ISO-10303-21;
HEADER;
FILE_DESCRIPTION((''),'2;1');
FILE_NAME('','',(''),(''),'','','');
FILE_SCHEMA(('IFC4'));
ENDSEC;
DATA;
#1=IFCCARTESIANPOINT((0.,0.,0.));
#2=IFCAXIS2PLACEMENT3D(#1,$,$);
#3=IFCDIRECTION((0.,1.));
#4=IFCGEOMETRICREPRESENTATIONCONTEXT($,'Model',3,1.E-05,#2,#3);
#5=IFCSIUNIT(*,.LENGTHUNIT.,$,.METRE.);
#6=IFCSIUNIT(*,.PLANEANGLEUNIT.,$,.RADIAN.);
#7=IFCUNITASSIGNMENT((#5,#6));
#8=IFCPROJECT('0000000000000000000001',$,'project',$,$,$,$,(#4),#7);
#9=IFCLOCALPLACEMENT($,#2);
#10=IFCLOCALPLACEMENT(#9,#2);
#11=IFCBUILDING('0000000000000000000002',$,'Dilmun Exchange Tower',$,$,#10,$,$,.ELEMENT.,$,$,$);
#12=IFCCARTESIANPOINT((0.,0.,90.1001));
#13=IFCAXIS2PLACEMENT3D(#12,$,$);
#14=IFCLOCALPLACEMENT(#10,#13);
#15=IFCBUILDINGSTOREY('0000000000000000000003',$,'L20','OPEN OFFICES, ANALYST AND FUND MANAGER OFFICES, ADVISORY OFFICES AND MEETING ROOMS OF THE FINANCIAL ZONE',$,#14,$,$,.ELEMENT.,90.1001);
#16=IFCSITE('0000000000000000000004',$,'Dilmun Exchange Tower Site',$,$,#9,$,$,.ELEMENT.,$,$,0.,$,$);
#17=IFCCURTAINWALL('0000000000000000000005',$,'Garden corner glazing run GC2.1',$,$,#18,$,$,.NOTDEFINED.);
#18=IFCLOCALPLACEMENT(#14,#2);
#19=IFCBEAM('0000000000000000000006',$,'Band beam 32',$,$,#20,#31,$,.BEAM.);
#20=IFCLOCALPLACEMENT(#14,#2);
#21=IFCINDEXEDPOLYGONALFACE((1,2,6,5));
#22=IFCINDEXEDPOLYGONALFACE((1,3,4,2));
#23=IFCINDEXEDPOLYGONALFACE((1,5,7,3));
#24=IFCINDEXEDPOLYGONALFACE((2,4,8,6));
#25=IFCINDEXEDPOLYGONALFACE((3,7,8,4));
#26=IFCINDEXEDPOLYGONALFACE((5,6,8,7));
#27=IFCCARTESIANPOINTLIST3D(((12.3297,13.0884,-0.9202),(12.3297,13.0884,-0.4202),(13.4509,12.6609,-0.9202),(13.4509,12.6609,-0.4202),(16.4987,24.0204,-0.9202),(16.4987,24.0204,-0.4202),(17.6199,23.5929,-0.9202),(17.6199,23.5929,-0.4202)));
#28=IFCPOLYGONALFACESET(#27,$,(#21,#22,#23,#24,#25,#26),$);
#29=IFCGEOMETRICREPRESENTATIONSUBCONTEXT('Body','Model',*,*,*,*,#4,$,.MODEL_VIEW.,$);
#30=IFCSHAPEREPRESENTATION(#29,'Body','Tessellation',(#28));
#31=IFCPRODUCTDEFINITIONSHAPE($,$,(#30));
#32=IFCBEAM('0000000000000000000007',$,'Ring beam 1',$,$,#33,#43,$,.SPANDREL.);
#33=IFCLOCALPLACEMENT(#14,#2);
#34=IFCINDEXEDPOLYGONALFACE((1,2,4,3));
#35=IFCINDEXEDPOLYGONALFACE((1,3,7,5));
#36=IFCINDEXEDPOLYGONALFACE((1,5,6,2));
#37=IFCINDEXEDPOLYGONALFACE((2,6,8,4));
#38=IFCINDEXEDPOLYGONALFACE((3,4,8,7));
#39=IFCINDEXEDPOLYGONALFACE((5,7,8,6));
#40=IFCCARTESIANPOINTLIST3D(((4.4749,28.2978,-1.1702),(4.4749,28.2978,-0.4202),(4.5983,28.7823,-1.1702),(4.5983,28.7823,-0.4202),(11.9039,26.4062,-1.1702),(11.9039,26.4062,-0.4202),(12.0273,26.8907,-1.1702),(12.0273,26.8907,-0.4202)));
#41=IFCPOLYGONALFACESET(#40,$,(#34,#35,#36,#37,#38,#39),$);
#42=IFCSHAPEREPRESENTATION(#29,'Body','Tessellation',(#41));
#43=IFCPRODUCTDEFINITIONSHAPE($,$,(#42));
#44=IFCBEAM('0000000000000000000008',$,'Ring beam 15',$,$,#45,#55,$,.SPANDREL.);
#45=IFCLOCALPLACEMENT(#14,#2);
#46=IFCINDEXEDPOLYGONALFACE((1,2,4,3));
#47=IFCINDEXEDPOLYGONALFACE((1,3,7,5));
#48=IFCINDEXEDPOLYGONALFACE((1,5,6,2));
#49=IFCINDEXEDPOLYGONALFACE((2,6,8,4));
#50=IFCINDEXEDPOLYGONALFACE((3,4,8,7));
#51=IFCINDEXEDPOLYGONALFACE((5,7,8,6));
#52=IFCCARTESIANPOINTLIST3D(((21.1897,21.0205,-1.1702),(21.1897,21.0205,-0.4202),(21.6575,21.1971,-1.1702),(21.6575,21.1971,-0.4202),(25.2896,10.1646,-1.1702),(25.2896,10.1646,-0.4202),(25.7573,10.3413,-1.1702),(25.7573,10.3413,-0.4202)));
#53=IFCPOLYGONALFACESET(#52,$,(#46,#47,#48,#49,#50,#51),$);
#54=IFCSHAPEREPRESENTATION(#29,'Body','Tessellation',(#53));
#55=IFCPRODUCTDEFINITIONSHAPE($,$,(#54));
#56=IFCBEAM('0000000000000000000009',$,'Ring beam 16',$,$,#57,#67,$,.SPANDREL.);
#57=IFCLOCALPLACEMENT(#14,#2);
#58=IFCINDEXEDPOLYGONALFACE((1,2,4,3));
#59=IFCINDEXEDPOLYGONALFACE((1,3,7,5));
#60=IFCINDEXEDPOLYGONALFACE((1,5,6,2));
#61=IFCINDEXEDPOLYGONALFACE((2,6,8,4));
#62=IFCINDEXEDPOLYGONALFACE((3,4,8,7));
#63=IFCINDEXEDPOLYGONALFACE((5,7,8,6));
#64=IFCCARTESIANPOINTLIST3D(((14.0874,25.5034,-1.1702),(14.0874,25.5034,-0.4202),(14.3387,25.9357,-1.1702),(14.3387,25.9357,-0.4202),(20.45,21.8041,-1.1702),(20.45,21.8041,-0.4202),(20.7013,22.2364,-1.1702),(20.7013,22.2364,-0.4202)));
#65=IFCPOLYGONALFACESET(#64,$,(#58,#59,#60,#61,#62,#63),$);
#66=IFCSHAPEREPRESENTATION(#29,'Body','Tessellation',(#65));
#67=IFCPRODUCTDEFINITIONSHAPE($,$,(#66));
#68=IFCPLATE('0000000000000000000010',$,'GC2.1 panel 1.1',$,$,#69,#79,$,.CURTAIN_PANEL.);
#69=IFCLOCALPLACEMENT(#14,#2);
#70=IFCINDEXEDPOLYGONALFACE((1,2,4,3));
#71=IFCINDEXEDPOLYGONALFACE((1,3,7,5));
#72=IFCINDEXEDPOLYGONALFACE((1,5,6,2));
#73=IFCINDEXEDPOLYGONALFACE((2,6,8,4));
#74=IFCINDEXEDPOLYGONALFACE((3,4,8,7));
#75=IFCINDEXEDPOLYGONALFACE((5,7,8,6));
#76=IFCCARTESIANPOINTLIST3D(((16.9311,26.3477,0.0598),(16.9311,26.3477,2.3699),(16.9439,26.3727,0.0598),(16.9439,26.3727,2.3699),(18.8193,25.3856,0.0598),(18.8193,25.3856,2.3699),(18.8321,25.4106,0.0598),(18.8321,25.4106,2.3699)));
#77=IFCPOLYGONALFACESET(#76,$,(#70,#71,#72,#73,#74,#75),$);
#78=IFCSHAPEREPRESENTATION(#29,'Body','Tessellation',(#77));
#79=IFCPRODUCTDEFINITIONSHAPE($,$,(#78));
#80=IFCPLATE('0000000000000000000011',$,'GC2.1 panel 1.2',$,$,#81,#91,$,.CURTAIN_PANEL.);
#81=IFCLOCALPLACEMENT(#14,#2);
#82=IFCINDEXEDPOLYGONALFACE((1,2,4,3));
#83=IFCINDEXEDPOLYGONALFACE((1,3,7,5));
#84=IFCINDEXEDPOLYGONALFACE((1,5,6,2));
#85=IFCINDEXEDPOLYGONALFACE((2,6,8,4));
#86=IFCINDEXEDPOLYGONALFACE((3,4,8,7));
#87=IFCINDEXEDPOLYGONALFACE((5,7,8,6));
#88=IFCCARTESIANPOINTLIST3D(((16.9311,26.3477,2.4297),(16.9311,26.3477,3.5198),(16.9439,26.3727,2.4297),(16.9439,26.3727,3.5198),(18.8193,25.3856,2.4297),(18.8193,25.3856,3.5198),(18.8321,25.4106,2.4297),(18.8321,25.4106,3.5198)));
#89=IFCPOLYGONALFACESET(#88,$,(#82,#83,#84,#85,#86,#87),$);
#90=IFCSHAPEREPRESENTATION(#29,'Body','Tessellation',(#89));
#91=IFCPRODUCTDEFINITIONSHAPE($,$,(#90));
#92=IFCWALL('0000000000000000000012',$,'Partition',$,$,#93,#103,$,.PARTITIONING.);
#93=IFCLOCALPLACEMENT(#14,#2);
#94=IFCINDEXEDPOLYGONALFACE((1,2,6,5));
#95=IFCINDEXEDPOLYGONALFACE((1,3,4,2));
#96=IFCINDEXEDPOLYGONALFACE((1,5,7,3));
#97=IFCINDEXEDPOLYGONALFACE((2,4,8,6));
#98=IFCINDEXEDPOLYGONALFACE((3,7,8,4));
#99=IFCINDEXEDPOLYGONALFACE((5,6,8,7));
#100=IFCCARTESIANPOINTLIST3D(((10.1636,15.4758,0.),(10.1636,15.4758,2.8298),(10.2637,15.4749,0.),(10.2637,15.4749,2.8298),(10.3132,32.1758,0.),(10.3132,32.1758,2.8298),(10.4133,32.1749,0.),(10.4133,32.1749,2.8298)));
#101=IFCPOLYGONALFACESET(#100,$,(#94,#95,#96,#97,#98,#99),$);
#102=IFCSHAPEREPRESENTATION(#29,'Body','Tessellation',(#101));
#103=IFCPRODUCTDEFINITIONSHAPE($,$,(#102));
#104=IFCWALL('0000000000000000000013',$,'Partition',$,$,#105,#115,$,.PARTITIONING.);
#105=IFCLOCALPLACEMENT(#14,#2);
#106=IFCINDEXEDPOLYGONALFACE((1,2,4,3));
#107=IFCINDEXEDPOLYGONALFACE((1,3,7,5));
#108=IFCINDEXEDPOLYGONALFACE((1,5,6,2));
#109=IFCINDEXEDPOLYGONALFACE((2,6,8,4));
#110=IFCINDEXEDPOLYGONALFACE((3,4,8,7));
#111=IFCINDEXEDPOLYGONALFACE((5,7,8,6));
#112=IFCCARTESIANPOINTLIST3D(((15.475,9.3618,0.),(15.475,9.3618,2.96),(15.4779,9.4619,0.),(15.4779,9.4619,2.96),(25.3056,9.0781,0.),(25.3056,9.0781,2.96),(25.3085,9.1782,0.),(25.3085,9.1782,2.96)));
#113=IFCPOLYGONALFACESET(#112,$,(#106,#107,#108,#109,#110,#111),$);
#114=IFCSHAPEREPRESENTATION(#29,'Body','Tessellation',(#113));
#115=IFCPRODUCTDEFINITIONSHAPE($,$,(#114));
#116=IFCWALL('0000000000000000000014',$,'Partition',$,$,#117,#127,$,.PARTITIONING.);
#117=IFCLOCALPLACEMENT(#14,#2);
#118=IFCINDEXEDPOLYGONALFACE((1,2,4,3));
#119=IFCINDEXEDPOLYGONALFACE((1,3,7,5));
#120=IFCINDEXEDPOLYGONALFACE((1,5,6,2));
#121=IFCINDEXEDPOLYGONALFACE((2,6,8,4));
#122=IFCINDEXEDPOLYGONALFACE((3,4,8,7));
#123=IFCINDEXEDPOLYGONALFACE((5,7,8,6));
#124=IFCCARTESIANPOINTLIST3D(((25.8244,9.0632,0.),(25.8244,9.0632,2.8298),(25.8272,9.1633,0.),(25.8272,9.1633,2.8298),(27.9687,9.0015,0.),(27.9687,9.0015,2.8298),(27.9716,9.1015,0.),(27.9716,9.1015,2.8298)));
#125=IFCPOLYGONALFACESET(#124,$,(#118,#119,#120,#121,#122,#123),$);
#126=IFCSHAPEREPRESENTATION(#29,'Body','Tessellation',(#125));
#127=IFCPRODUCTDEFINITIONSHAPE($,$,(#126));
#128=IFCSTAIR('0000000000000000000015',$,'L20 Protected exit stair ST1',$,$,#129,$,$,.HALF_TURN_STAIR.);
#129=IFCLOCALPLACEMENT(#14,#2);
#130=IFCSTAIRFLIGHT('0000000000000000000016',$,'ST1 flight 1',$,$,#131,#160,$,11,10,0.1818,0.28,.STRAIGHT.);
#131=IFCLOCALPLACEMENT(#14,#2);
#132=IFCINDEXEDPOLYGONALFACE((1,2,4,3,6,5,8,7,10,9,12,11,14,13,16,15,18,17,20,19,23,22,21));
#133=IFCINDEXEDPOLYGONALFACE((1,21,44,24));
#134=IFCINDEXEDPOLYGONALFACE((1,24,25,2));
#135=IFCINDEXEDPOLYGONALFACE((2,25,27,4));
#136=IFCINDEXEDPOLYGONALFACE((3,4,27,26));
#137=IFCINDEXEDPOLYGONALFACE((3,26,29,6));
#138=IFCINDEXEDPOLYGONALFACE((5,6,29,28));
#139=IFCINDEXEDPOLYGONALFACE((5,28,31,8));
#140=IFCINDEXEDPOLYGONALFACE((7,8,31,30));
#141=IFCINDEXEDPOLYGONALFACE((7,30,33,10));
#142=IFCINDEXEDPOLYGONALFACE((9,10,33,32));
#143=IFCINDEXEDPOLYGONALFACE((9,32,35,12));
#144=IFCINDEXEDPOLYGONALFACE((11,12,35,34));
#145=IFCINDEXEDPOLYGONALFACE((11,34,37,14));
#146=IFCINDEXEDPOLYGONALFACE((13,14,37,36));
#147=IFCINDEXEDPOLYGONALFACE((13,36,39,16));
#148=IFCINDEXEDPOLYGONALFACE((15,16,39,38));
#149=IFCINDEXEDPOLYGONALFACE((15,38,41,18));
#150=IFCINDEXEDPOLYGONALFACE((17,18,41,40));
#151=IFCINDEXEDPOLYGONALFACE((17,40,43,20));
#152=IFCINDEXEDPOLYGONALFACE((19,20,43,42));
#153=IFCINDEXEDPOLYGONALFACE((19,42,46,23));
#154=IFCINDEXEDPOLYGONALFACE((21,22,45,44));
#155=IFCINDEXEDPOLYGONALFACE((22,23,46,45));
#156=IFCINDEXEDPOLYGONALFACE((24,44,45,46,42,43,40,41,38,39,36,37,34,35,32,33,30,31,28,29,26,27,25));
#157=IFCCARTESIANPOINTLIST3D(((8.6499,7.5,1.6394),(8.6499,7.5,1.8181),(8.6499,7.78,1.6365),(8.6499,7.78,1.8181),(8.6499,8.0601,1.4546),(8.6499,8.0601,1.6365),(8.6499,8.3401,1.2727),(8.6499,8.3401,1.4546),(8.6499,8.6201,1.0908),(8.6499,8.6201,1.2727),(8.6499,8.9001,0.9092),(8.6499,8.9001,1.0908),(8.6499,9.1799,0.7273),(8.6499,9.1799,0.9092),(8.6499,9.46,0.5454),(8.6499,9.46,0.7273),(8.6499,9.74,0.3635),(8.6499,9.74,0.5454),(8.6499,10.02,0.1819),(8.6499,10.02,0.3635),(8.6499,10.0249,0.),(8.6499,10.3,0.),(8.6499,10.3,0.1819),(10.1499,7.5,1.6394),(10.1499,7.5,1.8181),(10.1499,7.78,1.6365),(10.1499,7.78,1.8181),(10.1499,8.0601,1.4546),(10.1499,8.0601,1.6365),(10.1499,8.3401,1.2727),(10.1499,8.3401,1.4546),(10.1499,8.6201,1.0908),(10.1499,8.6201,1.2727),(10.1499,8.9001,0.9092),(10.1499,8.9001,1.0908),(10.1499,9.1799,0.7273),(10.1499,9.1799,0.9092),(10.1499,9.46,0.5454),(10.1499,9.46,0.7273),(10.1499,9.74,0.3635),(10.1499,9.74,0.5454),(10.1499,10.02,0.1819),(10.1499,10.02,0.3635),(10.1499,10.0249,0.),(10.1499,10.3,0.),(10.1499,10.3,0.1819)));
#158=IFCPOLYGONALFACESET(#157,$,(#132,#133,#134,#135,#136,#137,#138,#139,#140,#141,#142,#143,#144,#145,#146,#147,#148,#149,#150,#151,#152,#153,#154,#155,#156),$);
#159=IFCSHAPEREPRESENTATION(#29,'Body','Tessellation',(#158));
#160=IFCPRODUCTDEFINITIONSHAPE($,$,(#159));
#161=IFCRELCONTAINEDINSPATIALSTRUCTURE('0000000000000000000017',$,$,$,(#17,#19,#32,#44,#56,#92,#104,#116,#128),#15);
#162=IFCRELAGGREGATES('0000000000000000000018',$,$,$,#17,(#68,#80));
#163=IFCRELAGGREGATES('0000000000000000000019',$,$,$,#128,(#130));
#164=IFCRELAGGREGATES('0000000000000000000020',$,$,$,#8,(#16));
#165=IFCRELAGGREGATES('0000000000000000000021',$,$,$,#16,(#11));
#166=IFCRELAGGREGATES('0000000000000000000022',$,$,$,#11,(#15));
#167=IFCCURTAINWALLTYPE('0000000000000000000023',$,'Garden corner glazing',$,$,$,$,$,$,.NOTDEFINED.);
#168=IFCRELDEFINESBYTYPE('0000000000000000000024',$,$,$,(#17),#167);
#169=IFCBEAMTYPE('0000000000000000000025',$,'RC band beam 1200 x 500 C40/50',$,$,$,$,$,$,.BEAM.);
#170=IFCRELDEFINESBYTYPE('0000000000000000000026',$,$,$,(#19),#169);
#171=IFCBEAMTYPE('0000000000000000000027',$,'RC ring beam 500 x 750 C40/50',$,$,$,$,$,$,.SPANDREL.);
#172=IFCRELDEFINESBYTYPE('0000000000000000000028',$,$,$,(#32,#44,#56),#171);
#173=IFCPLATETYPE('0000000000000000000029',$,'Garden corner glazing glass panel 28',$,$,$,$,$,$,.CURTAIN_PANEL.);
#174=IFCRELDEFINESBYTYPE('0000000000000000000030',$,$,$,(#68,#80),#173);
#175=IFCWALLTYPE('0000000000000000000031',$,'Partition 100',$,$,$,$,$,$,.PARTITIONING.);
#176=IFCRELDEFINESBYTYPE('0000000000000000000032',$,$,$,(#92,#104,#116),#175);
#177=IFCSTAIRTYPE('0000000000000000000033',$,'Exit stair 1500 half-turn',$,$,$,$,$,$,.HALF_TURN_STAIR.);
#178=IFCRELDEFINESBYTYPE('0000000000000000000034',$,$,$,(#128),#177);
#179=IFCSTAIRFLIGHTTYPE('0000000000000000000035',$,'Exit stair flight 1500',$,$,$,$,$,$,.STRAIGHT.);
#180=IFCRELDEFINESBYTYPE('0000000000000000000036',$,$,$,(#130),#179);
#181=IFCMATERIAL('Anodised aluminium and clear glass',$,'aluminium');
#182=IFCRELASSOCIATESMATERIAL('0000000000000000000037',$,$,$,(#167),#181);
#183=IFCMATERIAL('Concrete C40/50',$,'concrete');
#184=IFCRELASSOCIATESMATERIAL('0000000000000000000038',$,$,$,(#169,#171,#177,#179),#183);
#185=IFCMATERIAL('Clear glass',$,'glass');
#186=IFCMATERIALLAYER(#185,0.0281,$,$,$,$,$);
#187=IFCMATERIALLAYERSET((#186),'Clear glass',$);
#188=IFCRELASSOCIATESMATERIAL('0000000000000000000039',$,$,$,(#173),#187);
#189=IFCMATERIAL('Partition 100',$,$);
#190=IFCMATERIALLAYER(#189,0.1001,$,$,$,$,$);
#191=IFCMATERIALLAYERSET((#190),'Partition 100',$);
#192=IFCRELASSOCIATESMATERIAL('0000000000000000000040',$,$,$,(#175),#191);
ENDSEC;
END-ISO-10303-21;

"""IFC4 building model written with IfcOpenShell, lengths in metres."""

from ifc_helpers import new_model, si_unit, direction, frame, frame_2d, origin, origin_2d, place, context, subcontext, project, spatial, polyline, rectangle, outline, extrude, material, layer, layer_set, material_profile, profile_set, type_object, element, aggregate, save


model = new_model("IFC4")

# Units and contexts
model_context = context("Model", 3, precision=1e-05, world=origin(), true_north=direction((0.0, 1.0)))
body_context = subcontext(model_context, "Body", "Model", "MODEL_VIEW")
ifc_project = project(units=[si_unit("LENGTHUNIT", "METRE"), si_unit("PLANEANGLEUNIT", "RADIAN")], contexts=[model_context])

# Site, building, storey
site_placement = place(None, origin())
site = spatial("IfcSite", under=ifc_project, at=site_placement, Name="Dilmun Exchange Tower Site", CompositionType="ELEMENT", RefElevation=0.0)
building_placement = place(site_placement, origin())
building = spatial("IfcBuilding", under=site, at=building_placement, Name="Dilmun Exchange Tower", CompositionType="ELEMENT")
storey_placement = place(building_placement, frame((0.0, 0.0, 90.1001)))
storey = spatial("IfcBuildingStorey", under=building, at=storey_placement, Name="L20", Description="OPEN OFFICES, ANALYST AND FUND MANAGER OFFICES, ADVISORY OFFICES AND MEETING ROOMS OF THE FINANCIAL ZONE", CompositionType="ELEMENT", Elevation=90.1001)

# Shared definitions
ifc_material_1 = material(Name="Anodised aluminium and clear glass", Category="aluminium")
curtain_wall_type = type_object("IfcCurtainWallType", Name="Garden corner glazing", PredefinedType="NOTDEFINED", material=ifc_material_1)

# Curtain wall
curtain_wall_1_placement = place(storey_placement, origin())
curtain_wall_1 = element("IfcCurtainWall", 1, at=curtain_wall_1_placement, inside=storey, type_object=curtain_wall_type, Name="Garden corner glazing run GC2.1", PredefinedType="NOTDEFINED")

# Beams
ifc_material_2 = material(Name="Concrete C40/50", Category="concrete")
ifc_material_profile_1 = material_profile(ifc_material_2, rectangle(XDim=1.2, YDim=0.5, at=origin_2d()), Name="1200 x 500")
ifc_profile_set_1 = profile_set([ifc_material_profile_1], Name="Concrete C40/50")
beam_type_1 = type_object("IfcBeamType", Name="RC band beam 1200 x 500 C40/50", PredefinedType="BEAM", material=ifc_profile_set_1)
beam_1_placement = place(storey_placement, frame((17.0593, 23.8066, -0.6702), z_axis=(-0.356325, -0.934362, 0.0), x_axis=(0.934362, -0.356325, 0.0)))
element("IfcBeam", 2, at=beam_1_placement, inside=storey, type_object=beam_type_1, Name="Band beam 32", PredefinedType="BEAM", context=body_context, shape_type="SweptSolid", body=[
    extrude(rectangle(XDim=1.2, YDim=0.5, at=origin_2d()), origin(), (0.0, 0.0, 1.0), 11.7),
])
ifc_material_profile_2 = material_profile(ifc_material_2, rectangle(XDim=0.5, YDim=0.75, at=origin_2d()), Name="500 x 750")
ifc_profile_set_2 = profile_set([ifc_material_profile_2], Name="Concrete C40/50")
beam_type_2 = type_object("IfcBeamType", Name="RC ring beam 500 x 750 C40/50", PredefinedType="SPANDREL", material=ifc_profile_set_2)
beam_2_placement = place(storey_placement, frame((11.9656, 26.6484, -0.7952), z_axis=(-0.969079, 0.246752, 0.0), x_axis=(-0.246752, -0.969079, 0.0)))
element("IfcBeam", 3, at=beam_2_placement, inside=storey, type_object=beam_type_2, Name="Ring beam 1", PredefinedType="SPANDREL", context=body_context, shape_type="SweptSolid", body=[
    extrude(rectangle(XDim=0.5, YDim=0.75, at=origin_2d()), origin(), (0.0, 0.0, 1.0), 7.666),
])
beam_3_placement = place(storey_placement, frame((25.5234, 10.2529, -0.7952), z_axis=(-0.353304, 0.935509, 0.0), x_axis=(-0.935509, -0.353304, 0.0)))
element("IfcBeam", 4, at=beam_3_placement, inside=storey, type_object=beam_type_2, Name="Ring beam 15", PredefinedType="SPANDREL", context=body_context, shape_type="SweptSolid", body=[
    extrude(rectangle(XDim=0.5, YDim=0.75, at=origin_2d()), origin(), (0.0, 0.0, 1.0), 11.6042),
])
beam_4_placement = place(storey_placement, frame((20.5757, 22.0203, -0.7952), z_axis=(-0.864503, 0.502627, 0.0), x_axis=(-0.502627, -0.864503, 0.0)))
element("IfcBeam", 5, at=beam_4_placement, inside=storey, type_object=beam_type_2, Name="Ring beam 16", PredefinedType="SPANDREL", context=body_context, shape_type="SweptSolid", body=[
    extrude(rectangle(XDim=0.5, YDim=0.75, at=origin_2d()), origin(), (0.0, 0.0, 1.0), 7.3599),
])

# Plates
ifc_material_3 = material(Name="Clear glass", Category="glass")
ifc_layer_1 = layer(ifc_material_3, 0.0281)
ifc_layer_set_1 = layer_set([ifc_layer_1], Name="Clear glass")
plate_type = type_object("IfcPlateType", Name="Garden corner glazing glass panel 28", PredefinedType="CURTAIN_PANEL", material=ifc_layer_set_1)
plate_1_placement = place(storey_placement, frame((17.8816, 25.8792, 0.0598), z_axis=(0.0, 0.0, 1.0), x_axis=(-0.891016, 0.453971, 0.0)))
plate_1 = element("IfcPlate", 6, at=plate_1_placement, type_object=plate_type, Name="GC2.1 panel 1.1", PredefinedType="CURTAIN_PANEL", context=body_context, shape_type="SweptSolid", body=[
    extrude(rectangle(XDim=2.1191, YDim=0.0281, at=origin_2d()), origin(), (0.0, 0.0, 1.0), 2.3101),
])
plate_2_placement = place(storey_placement, frame((17.8816, 25.8792, 2.4297), z_axis=(0.0, 0.0, 1.0), x_axis=(-0.891016, 0.453971, 0.0)))
plate_2 = element("IfcPlate", 7, at=plate_2_placement, type_object=plate_type, Name="GC2.1 panel 1.2", PredefinedType="CURTAIN_PANEL", context=body_context, shape_type="SweptSolid", body=[
    extrude(rectangle(XDim=2.1191, YDim=0.0281, at=origin_2d()), origin(), (0.0, 0.0, 1.0), 1.0901),
])
aggregate(curtain_wall_1, [plate_1, plate_2])

# Walls
ifc_material_4 = material(Name="Partition 100")
ifc_layer_2 = layer(ifc_material_4, 0.1001)
ifc_layer_set_2 = layer_set([ifc_layer_2], Name="Partition 100")
wall_type_1 = type_object("IfcWallType", Name="Partition 100", PredefinedType="PARTITIONING", material=ifc_layer_set_2)
wall_1_placement = place(storey_placement, frame((10.2136, 15.4753, 0.0), z_axis=(0.0, 0.0, 1.0), x_axis=(0.008961, 0.99996, 0.0)))
element("IfcWall", 8, at=wall_1_placement, inside=storey, type_object=wall_type_1, Name="Partition", PredefinedType="PARTITIONING", context=body_context, shape_type="SweptSolid", body=[
    extrude(rectangle(XDim=16.7007, YDim=0.1001, at=frame_2d((8.3503, 0.0))), origin(), (0.0, 0.0, 1.0), 2.8298),
])
wall_2_placement = place(storey_placement, frame((15.4763, 9.4119, 0.0), z_axis=(0.0, 0.0, 1.0), x_axis=(0.999584, -0.028846, 0.0)))
element("IfcWall", 9, at=wall_2_placement, inside=storey, type_object=wall_type_1, Name="Partition", PredefinedType="PARTITIONING", context=body_context, shape_type="SweptSolid", body=[
    extrude(rectangle(XDim=9.8347, YDim=0.1001, at=frame_2d((4.9175, 0.0))), origin(), (0.0, 0.0, 1.0), 2.96),
])
wall_3_placement = place(storey_placement, frame((25.8257, 9.1133, 0.0), z_axis=(0.0, 0.0, 1.0), x_axis=(0.999585, -0.028794, 0.0)))
element("IfcWall", 10, at=wall_3_placement, inside=storey, type_object=wall_type_1, Name="Partition", PredefinedType="PARTITIONING", context=body_context, shape_type="SweptSolid", body=[
    extrude(rectangle(XDim=2.1453, YDim=0.1001, at=frame_2d((1.0728, 0.0))), origin(), (0.0, 0.0, 1.0), 2.8298),
])

# Stair, stair flight
stair_type = type_object("IfcStairType", Name="Exit stair 1500 half-turn", PredefinedType="HALF_TURN_STAIR", material=ifc_material_2)
stair_placement = place(storey_placement, origin())
stair = element("IfcStair", 11, at=stair_placement, inside=storey, type_object=stair_type, Name="L20 Protected exit stair ST1", PredefinedType="HALF_TURN_STAIR")
stair_flight_type = type_object("IfcStairFlightType", Name="Exit stair flight 1500", PredefinedType="STRAIGHT", material=ifc_material_2)
stair_flight_placement = place(storey_placement, frame((9.3999, 10.3, 0.0), z_axis=(0.0, 0.0, 1.0), x_axis=(0.0, -1.0, 0.0)))
stair_flight = element("IfcStairFlight", 12, at=stair_flight_placement, type_object=stair_flight_type, Name="ST1 flight 1", NumberOfRisers=11, NumberOfTreads=10, PredefinedType="STRAIGHT", RiserHeight=0.1818, TreadLength=0.28, context=body_context, shape_type="SweptSolid", body=[
    extrude(outline(polyline([(0.0, 0.0), (0.0, 0.1819), (0.28, 0.1819), (0.28, 0.3635), (0.5601, 0.3635), (0.5601, 0.5454), (0.8401, 0.5454), (0.8401, 0.7273), (1.1201, 0.7273), (1.1201, 0.9092), (1.3999, 0.9092), (1.3999, 1.0908), (1.6799, 1.0908), (1.6799, 1.2727), (1.96, 1.2727), (1.96, 1.4546), (2.24, 1.4546), (2.24, 1.6365), (2.52, 1.6365), (2.52, 1.8181), (2.8, 1.8181), (2.8, 2.0), (2.8, 1.6394), (0.2751, 0.0), (0.0, 0.0)])), frame((0.0, 0.75, 0.0), z_axis=(0.0, -1.0, 0.0), x_axis=(1.0, 0.0, 0.0)), (0.0, 0.0, 1.0), 1.5),
])
aggregate(stair, [stair_flight])

save(model, "model.ifc")
